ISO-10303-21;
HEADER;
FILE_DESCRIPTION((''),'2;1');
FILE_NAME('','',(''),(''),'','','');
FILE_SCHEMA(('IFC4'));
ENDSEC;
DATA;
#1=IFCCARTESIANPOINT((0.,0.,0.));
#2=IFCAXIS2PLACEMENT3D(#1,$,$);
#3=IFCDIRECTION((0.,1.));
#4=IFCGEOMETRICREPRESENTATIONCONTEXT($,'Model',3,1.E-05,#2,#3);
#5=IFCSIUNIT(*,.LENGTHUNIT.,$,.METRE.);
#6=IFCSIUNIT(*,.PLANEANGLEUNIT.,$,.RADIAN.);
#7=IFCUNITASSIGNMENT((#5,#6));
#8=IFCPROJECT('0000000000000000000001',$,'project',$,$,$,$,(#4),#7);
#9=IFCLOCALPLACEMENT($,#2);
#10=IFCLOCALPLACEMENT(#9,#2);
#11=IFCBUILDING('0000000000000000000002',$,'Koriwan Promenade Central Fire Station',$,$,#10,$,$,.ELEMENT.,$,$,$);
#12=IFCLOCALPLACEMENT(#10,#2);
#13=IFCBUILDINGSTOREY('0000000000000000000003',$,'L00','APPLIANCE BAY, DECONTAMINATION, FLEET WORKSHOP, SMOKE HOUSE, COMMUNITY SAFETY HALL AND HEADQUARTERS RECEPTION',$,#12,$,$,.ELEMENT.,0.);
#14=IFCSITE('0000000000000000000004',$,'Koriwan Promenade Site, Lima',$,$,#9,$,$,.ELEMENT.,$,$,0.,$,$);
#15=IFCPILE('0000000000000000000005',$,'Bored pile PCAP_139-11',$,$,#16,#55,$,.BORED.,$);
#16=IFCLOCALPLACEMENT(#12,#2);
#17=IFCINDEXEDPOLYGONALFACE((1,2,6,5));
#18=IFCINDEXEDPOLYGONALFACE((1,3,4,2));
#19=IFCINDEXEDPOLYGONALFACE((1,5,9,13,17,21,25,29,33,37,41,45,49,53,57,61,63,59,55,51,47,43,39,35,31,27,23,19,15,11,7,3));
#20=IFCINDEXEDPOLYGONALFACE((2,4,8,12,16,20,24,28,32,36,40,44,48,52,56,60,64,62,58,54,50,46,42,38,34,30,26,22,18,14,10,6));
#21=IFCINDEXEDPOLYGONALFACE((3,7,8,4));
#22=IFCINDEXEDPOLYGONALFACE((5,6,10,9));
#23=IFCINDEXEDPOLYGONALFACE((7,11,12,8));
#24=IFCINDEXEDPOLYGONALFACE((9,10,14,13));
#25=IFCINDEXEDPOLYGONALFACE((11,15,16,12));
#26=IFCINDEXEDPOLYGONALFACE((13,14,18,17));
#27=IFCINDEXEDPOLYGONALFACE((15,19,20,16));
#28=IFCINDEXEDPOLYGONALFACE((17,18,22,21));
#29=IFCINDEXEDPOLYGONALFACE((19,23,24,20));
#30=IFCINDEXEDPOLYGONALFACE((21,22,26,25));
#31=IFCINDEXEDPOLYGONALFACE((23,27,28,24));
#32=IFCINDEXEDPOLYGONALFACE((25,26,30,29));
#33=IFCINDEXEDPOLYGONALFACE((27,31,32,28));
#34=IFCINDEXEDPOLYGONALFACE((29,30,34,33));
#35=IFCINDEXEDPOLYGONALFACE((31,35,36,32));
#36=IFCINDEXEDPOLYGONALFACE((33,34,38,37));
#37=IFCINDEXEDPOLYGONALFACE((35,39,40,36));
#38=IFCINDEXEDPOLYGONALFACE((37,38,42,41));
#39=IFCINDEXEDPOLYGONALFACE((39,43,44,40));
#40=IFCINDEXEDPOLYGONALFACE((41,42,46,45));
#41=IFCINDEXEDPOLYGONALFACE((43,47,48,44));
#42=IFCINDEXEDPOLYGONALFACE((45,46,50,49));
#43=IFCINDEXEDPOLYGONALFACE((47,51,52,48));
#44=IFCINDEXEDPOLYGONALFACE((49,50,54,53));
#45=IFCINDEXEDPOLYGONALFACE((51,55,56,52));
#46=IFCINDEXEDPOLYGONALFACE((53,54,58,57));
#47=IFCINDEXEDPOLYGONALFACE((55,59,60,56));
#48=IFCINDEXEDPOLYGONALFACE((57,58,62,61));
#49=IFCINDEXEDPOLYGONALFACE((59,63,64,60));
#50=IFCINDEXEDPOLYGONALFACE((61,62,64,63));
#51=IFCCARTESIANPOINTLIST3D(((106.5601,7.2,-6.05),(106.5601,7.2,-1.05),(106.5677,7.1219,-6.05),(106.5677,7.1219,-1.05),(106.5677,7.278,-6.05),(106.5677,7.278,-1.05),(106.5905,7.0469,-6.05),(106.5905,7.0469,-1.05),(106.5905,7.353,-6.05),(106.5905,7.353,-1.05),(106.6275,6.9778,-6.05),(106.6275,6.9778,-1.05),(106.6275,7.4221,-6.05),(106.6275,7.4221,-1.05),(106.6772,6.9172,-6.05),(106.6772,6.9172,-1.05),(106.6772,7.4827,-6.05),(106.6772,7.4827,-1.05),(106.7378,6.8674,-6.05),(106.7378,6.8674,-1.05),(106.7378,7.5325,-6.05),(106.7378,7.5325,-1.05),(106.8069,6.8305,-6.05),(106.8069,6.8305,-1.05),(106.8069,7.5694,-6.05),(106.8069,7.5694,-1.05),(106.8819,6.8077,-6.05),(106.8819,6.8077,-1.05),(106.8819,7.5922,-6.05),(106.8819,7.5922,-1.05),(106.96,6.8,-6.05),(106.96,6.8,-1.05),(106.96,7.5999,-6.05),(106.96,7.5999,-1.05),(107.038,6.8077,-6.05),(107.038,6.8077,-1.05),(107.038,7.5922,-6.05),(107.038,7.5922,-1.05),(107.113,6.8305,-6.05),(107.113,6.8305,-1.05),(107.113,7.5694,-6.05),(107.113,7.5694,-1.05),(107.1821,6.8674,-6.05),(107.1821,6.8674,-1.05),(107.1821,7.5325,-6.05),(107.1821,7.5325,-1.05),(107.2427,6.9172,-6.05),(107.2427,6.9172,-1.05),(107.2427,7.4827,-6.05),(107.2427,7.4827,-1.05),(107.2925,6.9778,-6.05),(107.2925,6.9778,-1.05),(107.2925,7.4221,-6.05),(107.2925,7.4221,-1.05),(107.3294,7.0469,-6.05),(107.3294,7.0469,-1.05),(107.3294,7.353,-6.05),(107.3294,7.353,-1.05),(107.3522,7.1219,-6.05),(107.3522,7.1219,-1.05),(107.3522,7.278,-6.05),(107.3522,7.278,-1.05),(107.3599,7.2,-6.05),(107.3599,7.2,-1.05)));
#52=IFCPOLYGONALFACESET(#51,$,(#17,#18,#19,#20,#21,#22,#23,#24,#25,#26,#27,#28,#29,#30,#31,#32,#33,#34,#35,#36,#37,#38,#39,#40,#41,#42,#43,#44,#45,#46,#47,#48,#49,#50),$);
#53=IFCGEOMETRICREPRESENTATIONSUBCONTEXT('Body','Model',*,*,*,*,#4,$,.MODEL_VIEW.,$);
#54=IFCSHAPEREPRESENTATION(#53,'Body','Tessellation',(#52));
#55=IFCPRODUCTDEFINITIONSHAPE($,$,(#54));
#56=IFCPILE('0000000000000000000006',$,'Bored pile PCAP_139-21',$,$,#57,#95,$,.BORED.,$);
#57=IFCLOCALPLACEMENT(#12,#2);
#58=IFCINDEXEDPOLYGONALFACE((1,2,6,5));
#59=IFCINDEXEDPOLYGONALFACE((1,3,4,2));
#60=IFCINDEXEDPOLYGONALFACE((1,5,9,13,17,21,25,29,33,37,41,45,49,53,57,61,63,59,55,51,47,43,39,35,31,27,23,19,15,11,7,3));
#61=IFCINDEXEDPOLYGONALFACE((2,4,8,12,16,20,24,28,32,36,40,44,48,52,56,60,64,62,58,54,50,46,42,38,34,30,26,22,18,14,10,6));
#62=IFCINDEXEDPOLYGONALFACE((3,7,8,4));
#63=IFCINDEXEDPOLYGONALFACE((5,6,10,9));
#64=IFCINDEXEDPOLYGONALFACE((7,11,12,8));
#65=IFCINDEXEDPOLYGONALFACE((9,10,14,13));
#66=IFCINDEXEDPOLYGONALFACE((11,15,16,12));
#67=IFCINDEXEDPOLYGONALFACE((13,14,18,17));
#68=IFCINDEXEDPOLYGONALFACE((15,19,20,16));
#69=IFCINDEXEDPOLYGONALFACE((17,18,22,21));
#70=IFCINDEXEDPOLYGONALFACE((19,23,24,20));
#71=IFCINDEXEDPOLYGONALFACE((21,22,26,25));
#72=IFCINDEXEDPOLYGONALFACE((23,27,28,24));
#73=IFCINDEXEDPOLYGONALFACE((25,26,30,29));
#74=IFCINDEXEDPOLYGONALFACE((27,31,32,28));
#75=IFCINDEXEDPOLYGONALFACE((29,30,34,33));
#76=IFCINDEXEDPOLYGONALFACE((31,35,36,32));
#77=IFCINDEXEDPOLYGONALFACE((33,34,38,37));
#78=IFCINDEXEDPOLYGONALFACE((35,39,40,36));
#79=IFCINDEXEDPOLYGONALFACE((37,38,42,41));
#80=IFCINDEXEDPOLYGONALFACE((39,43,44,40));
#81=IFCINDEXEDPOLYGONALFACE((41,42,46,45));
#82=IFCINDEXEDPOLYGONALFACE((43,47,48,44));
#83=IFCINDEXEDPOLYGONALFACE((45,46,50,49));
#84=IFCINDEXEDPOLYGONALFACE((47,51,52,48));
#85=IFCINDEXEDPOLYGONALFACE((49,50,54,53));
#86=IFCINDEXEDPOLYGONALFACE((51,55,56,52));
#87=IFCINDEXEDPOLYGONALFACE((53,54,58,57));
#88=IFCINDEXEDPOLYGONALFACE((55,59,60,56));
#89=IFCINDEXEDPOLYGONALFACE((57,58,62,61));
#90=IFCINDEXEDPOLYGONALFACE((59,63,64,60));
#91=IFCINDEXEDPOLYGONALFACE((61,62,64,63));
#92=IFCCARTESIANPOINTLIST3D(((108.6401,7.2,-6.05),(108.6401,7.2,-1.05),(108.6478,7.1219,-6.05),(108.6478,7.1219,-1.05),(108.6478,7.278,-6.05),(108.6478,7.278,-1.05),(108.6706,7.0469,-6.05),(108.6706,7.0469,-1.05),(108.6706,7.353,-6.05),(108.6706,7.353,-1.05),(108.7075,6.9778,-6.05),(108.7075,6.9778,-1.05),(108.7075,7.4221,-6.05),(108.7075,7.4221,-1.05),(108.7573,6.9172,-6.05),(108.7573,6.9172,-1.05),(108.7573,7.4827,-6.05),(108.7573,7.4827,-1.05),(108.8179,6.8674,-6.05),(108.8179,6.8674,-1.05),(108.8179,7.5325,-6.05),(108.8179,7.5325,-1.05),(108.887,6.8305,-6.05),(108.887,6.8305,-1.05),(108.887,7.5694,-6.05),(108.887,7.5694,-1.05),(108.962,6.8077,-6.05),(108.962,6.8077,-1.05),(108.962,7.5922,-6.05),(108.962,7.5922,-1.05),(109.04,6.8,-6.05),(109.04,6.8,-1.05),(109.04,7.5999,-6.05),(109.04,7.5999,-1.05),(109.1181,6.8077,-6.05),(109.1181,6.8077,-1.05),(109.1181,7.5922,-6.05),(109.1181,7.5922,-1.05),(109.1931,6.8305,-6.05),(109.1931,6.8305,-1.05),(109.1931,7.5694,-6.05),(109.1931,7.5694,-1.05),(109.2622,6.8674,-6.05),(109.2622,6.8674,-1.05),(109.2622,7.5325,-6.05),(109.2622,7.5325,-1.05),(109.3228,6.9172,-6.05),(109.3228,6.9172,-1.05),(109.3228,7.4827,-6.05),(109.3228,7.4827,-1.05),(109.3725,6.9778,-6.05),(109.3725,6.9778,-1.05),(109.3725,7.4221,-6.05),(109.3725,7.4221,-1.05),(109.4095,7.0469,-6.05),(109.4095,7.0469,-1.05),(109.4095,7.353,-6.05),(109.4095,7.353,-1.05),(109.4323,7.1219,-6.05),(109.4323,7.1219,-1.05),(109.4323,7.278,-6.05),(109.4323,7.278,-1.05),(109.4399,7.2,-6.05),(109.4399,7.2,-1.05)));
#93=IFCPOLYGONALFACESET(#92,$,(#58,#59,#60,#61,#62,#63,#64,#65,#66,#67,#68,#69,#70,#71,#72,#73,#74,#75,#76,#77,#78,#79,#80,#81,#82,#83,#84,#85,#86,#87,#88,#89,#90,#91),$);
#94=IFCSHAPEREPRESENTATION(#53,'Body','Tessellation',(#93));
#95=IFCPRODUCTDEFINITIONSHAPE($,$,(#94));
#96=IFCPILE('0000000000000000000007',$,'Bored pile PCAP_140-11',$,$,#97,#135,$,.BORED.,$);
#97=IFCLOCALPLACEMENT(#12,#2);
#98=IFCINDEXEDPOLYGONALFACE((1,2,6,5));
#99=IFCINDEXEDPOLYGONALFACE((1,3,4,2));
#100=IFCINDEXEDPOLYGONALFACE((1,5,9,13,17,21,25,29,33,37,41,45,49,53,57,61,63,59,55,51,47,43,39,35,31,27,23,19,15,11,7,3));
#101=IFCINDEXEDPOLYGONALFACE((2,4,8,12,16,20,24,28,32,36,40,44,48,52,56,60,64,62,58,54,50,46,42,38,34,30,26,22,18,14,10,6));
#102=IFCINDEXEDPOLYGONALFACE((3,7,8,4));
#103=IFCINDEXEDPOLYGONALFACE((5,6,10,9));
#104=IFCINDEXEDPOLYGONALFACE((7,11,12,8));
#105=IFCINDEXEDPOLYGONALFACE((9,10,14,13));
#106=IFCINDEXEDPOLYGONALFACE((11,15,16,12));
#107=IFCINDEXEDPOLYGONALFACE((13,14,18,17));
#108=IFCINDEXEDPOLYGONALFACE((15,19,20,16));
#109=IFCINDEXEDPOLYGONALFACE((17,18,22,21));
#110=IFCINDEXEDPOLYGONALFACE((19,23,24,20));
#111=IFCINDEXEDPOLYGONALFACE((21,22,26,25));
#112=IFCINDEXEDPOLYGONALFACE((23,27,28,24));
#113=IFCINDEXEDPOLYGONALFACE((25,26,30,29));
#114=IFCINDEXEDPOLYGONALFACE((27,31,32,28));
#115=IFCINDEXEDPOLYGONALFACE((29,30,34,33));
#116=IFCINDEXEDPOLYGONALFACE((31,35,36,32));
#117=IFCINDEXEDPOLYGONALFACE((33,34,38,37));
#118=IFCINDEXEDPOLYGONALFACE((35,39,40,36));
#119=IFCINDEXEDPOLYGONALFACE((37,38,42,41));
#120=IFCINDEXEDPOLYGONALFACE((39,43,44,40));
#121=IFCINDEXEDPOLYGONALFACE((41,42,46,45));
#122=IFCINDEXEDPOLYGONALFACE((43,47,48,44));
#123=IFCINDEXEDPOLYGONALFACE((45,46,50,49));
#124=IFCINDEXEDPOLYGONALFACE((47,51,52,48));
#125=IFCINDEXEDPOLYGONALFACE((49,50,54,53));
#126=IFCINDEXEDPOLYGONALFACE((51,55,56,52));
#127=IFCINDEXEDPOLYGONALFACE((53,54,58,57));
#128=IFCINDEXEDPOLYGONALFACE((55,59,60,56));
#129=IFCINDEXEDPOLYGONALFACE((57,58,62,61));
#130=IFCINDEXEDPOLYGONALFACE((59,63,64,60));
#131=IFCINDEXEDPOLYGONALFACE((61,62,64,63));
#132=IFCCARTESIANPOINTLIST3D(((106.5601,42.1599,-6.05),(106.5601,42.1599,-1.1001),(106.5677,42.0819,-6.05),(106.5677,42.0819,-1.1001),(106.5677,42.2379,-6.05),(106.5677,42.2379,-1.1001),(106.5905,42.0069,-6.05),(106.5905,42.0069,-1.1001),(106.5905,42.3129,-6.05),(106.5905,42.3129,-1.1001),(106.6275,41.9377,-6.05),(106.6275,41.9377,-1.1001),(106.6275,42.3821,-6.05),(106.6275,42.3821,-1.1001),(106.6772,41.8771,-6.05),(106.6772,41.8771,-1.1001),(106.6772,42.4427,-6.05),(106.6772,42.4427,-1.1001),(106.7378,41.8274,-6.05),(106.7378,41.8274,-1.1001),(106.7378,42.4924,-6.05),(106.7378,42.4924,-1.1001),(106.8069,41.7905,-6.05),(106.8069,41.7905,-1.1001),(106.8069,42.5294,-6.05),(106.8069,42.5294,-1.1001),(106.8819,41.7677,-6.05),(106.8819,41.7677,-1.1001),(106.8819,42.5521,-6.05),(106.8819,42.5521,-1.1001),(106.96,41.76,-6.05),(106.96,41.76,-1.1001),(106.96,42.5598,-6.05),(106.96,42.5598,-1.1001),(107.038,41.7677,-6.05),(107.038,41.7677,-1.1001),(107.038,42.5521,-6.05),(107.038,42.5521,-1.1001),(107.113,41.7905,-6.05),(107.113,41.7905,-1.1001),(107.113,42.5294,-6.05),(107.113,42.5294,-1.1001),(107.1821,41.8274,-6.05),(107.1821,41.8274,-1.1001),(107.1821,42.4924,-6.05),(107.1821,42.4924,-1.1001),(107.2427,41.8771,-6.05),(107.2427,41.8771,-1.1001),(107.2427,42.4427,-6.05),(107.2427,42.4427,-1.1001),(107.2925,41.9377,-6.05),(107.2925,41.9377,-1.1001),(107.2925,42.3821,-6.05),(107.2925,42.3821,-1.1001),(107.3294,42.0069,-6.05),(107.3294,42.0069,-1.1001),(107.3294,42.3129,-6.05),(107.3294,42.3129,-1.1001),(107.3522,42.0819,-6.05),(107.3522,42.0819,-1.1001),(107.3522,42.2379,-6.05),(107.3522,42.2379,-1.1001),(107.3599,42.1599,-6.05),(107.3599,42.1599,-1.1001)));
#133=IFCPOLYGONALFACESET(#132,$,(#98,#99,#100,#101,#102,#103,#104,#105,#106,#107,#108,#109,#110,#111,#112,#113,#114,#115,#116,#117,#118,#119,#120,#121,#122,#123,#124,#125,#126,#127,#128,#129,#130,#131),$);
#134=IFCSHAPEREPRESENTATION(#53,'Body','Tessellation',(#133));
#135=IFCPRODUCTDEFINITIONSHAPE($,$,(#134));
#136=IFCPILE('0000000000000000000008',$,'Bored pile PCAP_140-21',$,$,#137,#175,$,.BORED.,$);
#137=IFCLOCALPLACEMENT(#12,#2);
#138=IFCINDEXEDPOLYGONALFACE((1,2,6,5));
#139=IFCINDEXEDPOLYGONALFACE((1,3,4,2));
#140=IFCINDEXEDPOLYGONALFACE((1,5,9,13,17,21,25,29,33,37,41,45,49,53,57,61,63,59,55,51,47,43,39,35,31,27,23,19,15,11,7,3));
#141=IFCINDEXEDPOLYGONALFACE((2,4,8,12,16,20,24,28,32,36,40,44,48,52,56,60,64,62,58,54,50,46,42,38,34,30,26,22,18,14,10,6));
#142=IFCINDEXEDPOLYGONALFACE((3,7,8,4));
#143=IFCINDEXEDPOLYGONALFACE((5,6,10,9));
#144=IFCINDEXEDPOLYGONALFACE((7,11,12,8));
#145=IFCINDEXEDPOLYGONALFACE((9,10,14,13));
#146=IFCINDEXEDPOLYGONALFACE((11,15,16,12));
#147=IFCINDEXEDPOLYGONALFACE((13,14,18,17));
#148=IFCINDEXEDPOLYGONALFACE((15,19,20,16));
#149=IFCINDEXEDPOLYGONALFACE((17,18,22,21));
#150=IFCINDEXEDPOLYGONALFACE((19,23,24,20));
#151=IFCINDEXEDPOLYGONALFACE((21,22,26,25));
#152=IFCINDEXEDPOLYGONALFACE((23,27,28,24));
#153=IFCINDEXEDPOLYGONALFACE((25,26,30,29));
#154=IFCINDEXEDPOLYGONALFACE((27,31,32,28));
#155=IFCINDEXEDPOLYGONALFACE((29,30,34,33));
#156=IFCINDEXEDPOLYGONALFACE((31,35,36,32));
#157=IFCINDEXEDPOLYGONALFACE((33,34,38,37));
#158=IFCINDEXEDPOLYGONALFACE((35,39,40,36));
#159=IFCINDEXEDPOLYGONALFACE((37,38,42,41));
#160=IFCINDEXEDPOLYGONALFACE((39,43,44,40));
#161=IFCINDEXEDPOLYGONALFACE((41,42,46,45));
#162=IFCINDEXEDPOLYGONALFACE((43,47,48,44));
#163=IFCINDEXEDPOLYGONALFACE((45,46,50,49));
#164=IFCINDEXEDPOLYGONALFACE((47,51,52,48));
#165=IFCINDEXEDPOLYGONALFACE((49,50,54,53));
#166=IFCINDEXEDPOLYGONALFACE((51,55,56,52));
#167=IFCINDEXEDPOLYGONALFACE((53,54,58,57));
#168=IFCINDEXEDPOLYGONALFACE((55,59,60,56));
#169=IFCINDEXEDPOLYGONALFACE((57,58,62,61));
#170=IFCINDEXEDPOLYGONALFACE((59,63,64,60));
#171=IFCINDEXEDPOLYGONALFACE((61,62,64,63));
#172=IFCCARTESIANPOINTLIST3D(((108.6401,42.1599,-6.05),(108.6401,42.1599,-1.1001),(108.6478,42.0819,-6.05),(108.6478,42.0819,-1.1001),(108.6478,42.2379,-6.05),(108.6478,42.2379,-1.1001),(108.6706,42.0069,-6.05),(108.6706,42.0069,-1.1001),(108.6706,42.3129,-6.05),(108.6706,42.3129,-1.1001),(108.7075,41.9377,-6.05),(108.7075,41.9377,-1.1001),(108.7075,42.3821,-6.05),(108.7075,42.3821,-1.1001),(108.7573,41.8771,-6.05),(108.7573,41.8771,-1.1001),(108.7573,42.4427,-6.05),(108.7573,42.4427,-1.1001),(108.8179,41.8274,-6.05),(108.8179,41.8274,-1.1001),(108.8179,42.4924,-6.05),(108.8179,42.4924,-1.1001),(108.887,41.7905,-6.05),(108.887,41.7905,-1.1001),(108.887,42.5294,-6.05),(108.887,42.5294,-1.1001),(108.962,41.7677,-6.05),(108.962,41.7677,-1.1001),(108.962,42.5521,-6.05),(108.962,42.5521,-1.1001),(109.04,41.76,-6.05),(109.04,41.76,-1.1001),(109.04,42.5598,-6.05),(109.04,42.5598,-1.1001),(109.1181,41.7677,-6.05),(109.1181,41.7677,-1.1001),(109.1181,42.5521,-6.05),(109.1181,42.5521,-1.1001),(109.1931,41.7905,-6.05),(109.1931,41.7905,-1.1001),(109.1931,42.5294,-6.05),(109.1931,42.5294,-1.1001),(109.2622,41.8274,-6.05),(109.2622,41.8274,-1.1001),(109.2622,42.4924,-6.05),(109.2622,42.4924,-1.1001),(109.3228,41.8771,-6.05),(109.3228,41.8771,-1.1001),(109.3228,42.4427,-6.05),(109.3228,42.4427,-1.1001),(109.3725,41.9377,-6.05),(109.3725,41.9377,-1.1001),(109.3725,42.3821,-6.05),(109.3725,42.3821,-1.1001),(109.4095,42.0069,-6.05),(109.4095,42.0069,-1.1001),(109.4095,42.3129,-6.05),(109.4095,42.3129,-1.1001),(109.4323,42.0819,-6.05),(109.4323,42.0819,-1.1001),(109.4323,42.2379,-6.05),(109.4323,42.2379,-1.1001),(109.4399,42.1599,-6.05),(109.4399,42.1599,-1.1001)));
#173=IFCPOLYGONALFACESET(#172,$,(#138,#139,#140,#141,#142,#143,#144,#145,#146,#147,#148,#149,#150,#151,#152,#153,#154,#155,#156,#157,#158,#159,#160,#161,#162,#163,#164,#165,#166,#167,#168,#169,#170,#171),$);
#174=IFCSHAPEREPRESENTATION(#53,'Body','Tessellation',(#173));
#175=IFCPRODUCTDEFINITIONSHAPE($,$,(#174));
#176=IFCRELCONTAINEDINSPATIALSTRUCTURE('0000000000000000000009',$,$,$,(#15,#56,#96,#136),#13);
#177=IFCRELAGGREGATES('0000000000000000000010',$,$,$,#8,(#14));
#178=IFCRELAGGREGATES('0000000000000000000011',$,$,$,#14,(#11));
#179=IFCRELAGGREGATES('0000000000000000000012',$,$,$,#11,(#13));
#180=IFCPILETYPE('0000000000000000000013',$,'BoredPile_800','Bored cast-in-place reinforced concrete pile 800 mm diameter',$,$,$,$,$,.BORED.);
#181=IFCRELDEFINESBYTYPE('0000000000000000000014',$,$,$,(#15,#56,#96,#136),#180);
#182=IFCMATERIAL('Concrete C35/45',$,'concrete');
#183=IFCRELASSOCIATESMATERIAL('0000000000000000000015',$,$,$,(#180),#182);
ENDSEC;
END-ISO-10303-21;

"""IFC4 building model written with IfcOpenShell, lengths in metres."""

from ifc_helpers import new_model, si_unit, direction, frame, origin, origin_2d, place, context, subcontext, project, spatial, circle, extrude, material, material_profile, profile_set, type_object, element, save


model = new_model("IFC4")

# Units and contexts
model_context = context("Model", 3, precision=1e-05, world=origin(), true_north=direction((0.0, 1.0)))
body_context = subcontext(model_context, "Body", "Model", "MODEL_VIEW")
ifc_project = project(units=[si_unit("LENGTHUNIT", "METRE"), si_unit("PLANEANGLEUNIT", "RADIAN")], contexts=[model_context])

# Site, building, storey
site_placement = place(None, origin())
site = spatial("IfcSite", under=ifc_project, at=site_placement, Name="Koriwan Promenade Site, Lima", CompositionType="ELEMENT", RefElevation=0.0)
building_placement = place(site_placement, origin())
building = spatial("IfcBuilding", under=site, at=building_placement, Name="Koriwan Promenade Central Fire Station", CompositionType="ELEMENT")
storey_placement = place(building_placement, origin())
storey = spatial("IfcBuildingStorey", under=building, at=storey_placement, Name="L00", Description="APPLIANCE BAY, DECONTAMINATION, FLEET WORKSHOP, SMOKE HOUSE, COMMUNITY SAFETY HALL AND HEADQUARTERS RECEPTION", CompositionType="ELEMENT", Elevation=0.0)

# Piles
ifc_material_1 = material(Name="Concrete C35/45", Category="concrete")
ifc_material_profile_1 = material_profile(ifc_material_1, circle(Radius=0.3999, at=origin_2d()), Name="PILE-D800")
ifc_profile_set_1 = profile_set([ifc_material_profile_1], Name="Concrete C35/45")
pile_type_1 = type_object("IfcPileType", Name="BoredPile_800", Description="Bored cast-in-place reinforced concrete pile 800 mm diameter", PredefinedType="BORED", material=ifc_profile_set_1)
for number, where, z_axis, x_axis, name in (
    (1, (106.96, 7.2, -1.05), (0.0, 0.0, -1.0), (1.0, 0.0, 0.0), "Bored pile PCAP_139-11"),
    (2, (109.04, 7.2, -1.05), (0.0, 0.0, -1.0), (1.0, 0.0, 0.0), "Bored pile PCAP_139-21"),
):
    element("IfcPile", number, at=place(storey_placement, frame(where, z_axis=z_axis, x_axis=x_axis)), inside=storey, type_object=pile_type_1, Name=name, PredefinedType="BORED", context=body_context, shape_type="SweptSolid", body=[
        extrude(circle(Radius=0.3999, at=origin_2d()), origin(), (0.0, 0.0, 1.0), 5.0),
    ])
for number, where, z_axis, x_axis, name in (
    (3, (106.96, 42.1599, -1.1001), (0.0, 0.0, -1.0), (1.0, 0.0, 0.0), "Bored pile PCAP_140-11"),
    (4, (109.04, 42.1599, -1.1001), (0.0, 0.0, -1.0), (1.0, 0.0, 0.0), "Bored pile PCAP_140-21"),
):
    element("IfcPile", number, at=place(storey_placement, frame(where, z_axis=z_axis, x_axis=x_axis)), inside=storey, type_object=pile_type_1, Name=name, PredefinedType="BORED", context=body_context, shape_type="SweptSolid", body=[
        extrude(circle(Radius=0.3999, at=origin_2d()), origin(), (0.0, 0.0, 1.0), 4.95),
    ])

save(model, "model.ifc")
